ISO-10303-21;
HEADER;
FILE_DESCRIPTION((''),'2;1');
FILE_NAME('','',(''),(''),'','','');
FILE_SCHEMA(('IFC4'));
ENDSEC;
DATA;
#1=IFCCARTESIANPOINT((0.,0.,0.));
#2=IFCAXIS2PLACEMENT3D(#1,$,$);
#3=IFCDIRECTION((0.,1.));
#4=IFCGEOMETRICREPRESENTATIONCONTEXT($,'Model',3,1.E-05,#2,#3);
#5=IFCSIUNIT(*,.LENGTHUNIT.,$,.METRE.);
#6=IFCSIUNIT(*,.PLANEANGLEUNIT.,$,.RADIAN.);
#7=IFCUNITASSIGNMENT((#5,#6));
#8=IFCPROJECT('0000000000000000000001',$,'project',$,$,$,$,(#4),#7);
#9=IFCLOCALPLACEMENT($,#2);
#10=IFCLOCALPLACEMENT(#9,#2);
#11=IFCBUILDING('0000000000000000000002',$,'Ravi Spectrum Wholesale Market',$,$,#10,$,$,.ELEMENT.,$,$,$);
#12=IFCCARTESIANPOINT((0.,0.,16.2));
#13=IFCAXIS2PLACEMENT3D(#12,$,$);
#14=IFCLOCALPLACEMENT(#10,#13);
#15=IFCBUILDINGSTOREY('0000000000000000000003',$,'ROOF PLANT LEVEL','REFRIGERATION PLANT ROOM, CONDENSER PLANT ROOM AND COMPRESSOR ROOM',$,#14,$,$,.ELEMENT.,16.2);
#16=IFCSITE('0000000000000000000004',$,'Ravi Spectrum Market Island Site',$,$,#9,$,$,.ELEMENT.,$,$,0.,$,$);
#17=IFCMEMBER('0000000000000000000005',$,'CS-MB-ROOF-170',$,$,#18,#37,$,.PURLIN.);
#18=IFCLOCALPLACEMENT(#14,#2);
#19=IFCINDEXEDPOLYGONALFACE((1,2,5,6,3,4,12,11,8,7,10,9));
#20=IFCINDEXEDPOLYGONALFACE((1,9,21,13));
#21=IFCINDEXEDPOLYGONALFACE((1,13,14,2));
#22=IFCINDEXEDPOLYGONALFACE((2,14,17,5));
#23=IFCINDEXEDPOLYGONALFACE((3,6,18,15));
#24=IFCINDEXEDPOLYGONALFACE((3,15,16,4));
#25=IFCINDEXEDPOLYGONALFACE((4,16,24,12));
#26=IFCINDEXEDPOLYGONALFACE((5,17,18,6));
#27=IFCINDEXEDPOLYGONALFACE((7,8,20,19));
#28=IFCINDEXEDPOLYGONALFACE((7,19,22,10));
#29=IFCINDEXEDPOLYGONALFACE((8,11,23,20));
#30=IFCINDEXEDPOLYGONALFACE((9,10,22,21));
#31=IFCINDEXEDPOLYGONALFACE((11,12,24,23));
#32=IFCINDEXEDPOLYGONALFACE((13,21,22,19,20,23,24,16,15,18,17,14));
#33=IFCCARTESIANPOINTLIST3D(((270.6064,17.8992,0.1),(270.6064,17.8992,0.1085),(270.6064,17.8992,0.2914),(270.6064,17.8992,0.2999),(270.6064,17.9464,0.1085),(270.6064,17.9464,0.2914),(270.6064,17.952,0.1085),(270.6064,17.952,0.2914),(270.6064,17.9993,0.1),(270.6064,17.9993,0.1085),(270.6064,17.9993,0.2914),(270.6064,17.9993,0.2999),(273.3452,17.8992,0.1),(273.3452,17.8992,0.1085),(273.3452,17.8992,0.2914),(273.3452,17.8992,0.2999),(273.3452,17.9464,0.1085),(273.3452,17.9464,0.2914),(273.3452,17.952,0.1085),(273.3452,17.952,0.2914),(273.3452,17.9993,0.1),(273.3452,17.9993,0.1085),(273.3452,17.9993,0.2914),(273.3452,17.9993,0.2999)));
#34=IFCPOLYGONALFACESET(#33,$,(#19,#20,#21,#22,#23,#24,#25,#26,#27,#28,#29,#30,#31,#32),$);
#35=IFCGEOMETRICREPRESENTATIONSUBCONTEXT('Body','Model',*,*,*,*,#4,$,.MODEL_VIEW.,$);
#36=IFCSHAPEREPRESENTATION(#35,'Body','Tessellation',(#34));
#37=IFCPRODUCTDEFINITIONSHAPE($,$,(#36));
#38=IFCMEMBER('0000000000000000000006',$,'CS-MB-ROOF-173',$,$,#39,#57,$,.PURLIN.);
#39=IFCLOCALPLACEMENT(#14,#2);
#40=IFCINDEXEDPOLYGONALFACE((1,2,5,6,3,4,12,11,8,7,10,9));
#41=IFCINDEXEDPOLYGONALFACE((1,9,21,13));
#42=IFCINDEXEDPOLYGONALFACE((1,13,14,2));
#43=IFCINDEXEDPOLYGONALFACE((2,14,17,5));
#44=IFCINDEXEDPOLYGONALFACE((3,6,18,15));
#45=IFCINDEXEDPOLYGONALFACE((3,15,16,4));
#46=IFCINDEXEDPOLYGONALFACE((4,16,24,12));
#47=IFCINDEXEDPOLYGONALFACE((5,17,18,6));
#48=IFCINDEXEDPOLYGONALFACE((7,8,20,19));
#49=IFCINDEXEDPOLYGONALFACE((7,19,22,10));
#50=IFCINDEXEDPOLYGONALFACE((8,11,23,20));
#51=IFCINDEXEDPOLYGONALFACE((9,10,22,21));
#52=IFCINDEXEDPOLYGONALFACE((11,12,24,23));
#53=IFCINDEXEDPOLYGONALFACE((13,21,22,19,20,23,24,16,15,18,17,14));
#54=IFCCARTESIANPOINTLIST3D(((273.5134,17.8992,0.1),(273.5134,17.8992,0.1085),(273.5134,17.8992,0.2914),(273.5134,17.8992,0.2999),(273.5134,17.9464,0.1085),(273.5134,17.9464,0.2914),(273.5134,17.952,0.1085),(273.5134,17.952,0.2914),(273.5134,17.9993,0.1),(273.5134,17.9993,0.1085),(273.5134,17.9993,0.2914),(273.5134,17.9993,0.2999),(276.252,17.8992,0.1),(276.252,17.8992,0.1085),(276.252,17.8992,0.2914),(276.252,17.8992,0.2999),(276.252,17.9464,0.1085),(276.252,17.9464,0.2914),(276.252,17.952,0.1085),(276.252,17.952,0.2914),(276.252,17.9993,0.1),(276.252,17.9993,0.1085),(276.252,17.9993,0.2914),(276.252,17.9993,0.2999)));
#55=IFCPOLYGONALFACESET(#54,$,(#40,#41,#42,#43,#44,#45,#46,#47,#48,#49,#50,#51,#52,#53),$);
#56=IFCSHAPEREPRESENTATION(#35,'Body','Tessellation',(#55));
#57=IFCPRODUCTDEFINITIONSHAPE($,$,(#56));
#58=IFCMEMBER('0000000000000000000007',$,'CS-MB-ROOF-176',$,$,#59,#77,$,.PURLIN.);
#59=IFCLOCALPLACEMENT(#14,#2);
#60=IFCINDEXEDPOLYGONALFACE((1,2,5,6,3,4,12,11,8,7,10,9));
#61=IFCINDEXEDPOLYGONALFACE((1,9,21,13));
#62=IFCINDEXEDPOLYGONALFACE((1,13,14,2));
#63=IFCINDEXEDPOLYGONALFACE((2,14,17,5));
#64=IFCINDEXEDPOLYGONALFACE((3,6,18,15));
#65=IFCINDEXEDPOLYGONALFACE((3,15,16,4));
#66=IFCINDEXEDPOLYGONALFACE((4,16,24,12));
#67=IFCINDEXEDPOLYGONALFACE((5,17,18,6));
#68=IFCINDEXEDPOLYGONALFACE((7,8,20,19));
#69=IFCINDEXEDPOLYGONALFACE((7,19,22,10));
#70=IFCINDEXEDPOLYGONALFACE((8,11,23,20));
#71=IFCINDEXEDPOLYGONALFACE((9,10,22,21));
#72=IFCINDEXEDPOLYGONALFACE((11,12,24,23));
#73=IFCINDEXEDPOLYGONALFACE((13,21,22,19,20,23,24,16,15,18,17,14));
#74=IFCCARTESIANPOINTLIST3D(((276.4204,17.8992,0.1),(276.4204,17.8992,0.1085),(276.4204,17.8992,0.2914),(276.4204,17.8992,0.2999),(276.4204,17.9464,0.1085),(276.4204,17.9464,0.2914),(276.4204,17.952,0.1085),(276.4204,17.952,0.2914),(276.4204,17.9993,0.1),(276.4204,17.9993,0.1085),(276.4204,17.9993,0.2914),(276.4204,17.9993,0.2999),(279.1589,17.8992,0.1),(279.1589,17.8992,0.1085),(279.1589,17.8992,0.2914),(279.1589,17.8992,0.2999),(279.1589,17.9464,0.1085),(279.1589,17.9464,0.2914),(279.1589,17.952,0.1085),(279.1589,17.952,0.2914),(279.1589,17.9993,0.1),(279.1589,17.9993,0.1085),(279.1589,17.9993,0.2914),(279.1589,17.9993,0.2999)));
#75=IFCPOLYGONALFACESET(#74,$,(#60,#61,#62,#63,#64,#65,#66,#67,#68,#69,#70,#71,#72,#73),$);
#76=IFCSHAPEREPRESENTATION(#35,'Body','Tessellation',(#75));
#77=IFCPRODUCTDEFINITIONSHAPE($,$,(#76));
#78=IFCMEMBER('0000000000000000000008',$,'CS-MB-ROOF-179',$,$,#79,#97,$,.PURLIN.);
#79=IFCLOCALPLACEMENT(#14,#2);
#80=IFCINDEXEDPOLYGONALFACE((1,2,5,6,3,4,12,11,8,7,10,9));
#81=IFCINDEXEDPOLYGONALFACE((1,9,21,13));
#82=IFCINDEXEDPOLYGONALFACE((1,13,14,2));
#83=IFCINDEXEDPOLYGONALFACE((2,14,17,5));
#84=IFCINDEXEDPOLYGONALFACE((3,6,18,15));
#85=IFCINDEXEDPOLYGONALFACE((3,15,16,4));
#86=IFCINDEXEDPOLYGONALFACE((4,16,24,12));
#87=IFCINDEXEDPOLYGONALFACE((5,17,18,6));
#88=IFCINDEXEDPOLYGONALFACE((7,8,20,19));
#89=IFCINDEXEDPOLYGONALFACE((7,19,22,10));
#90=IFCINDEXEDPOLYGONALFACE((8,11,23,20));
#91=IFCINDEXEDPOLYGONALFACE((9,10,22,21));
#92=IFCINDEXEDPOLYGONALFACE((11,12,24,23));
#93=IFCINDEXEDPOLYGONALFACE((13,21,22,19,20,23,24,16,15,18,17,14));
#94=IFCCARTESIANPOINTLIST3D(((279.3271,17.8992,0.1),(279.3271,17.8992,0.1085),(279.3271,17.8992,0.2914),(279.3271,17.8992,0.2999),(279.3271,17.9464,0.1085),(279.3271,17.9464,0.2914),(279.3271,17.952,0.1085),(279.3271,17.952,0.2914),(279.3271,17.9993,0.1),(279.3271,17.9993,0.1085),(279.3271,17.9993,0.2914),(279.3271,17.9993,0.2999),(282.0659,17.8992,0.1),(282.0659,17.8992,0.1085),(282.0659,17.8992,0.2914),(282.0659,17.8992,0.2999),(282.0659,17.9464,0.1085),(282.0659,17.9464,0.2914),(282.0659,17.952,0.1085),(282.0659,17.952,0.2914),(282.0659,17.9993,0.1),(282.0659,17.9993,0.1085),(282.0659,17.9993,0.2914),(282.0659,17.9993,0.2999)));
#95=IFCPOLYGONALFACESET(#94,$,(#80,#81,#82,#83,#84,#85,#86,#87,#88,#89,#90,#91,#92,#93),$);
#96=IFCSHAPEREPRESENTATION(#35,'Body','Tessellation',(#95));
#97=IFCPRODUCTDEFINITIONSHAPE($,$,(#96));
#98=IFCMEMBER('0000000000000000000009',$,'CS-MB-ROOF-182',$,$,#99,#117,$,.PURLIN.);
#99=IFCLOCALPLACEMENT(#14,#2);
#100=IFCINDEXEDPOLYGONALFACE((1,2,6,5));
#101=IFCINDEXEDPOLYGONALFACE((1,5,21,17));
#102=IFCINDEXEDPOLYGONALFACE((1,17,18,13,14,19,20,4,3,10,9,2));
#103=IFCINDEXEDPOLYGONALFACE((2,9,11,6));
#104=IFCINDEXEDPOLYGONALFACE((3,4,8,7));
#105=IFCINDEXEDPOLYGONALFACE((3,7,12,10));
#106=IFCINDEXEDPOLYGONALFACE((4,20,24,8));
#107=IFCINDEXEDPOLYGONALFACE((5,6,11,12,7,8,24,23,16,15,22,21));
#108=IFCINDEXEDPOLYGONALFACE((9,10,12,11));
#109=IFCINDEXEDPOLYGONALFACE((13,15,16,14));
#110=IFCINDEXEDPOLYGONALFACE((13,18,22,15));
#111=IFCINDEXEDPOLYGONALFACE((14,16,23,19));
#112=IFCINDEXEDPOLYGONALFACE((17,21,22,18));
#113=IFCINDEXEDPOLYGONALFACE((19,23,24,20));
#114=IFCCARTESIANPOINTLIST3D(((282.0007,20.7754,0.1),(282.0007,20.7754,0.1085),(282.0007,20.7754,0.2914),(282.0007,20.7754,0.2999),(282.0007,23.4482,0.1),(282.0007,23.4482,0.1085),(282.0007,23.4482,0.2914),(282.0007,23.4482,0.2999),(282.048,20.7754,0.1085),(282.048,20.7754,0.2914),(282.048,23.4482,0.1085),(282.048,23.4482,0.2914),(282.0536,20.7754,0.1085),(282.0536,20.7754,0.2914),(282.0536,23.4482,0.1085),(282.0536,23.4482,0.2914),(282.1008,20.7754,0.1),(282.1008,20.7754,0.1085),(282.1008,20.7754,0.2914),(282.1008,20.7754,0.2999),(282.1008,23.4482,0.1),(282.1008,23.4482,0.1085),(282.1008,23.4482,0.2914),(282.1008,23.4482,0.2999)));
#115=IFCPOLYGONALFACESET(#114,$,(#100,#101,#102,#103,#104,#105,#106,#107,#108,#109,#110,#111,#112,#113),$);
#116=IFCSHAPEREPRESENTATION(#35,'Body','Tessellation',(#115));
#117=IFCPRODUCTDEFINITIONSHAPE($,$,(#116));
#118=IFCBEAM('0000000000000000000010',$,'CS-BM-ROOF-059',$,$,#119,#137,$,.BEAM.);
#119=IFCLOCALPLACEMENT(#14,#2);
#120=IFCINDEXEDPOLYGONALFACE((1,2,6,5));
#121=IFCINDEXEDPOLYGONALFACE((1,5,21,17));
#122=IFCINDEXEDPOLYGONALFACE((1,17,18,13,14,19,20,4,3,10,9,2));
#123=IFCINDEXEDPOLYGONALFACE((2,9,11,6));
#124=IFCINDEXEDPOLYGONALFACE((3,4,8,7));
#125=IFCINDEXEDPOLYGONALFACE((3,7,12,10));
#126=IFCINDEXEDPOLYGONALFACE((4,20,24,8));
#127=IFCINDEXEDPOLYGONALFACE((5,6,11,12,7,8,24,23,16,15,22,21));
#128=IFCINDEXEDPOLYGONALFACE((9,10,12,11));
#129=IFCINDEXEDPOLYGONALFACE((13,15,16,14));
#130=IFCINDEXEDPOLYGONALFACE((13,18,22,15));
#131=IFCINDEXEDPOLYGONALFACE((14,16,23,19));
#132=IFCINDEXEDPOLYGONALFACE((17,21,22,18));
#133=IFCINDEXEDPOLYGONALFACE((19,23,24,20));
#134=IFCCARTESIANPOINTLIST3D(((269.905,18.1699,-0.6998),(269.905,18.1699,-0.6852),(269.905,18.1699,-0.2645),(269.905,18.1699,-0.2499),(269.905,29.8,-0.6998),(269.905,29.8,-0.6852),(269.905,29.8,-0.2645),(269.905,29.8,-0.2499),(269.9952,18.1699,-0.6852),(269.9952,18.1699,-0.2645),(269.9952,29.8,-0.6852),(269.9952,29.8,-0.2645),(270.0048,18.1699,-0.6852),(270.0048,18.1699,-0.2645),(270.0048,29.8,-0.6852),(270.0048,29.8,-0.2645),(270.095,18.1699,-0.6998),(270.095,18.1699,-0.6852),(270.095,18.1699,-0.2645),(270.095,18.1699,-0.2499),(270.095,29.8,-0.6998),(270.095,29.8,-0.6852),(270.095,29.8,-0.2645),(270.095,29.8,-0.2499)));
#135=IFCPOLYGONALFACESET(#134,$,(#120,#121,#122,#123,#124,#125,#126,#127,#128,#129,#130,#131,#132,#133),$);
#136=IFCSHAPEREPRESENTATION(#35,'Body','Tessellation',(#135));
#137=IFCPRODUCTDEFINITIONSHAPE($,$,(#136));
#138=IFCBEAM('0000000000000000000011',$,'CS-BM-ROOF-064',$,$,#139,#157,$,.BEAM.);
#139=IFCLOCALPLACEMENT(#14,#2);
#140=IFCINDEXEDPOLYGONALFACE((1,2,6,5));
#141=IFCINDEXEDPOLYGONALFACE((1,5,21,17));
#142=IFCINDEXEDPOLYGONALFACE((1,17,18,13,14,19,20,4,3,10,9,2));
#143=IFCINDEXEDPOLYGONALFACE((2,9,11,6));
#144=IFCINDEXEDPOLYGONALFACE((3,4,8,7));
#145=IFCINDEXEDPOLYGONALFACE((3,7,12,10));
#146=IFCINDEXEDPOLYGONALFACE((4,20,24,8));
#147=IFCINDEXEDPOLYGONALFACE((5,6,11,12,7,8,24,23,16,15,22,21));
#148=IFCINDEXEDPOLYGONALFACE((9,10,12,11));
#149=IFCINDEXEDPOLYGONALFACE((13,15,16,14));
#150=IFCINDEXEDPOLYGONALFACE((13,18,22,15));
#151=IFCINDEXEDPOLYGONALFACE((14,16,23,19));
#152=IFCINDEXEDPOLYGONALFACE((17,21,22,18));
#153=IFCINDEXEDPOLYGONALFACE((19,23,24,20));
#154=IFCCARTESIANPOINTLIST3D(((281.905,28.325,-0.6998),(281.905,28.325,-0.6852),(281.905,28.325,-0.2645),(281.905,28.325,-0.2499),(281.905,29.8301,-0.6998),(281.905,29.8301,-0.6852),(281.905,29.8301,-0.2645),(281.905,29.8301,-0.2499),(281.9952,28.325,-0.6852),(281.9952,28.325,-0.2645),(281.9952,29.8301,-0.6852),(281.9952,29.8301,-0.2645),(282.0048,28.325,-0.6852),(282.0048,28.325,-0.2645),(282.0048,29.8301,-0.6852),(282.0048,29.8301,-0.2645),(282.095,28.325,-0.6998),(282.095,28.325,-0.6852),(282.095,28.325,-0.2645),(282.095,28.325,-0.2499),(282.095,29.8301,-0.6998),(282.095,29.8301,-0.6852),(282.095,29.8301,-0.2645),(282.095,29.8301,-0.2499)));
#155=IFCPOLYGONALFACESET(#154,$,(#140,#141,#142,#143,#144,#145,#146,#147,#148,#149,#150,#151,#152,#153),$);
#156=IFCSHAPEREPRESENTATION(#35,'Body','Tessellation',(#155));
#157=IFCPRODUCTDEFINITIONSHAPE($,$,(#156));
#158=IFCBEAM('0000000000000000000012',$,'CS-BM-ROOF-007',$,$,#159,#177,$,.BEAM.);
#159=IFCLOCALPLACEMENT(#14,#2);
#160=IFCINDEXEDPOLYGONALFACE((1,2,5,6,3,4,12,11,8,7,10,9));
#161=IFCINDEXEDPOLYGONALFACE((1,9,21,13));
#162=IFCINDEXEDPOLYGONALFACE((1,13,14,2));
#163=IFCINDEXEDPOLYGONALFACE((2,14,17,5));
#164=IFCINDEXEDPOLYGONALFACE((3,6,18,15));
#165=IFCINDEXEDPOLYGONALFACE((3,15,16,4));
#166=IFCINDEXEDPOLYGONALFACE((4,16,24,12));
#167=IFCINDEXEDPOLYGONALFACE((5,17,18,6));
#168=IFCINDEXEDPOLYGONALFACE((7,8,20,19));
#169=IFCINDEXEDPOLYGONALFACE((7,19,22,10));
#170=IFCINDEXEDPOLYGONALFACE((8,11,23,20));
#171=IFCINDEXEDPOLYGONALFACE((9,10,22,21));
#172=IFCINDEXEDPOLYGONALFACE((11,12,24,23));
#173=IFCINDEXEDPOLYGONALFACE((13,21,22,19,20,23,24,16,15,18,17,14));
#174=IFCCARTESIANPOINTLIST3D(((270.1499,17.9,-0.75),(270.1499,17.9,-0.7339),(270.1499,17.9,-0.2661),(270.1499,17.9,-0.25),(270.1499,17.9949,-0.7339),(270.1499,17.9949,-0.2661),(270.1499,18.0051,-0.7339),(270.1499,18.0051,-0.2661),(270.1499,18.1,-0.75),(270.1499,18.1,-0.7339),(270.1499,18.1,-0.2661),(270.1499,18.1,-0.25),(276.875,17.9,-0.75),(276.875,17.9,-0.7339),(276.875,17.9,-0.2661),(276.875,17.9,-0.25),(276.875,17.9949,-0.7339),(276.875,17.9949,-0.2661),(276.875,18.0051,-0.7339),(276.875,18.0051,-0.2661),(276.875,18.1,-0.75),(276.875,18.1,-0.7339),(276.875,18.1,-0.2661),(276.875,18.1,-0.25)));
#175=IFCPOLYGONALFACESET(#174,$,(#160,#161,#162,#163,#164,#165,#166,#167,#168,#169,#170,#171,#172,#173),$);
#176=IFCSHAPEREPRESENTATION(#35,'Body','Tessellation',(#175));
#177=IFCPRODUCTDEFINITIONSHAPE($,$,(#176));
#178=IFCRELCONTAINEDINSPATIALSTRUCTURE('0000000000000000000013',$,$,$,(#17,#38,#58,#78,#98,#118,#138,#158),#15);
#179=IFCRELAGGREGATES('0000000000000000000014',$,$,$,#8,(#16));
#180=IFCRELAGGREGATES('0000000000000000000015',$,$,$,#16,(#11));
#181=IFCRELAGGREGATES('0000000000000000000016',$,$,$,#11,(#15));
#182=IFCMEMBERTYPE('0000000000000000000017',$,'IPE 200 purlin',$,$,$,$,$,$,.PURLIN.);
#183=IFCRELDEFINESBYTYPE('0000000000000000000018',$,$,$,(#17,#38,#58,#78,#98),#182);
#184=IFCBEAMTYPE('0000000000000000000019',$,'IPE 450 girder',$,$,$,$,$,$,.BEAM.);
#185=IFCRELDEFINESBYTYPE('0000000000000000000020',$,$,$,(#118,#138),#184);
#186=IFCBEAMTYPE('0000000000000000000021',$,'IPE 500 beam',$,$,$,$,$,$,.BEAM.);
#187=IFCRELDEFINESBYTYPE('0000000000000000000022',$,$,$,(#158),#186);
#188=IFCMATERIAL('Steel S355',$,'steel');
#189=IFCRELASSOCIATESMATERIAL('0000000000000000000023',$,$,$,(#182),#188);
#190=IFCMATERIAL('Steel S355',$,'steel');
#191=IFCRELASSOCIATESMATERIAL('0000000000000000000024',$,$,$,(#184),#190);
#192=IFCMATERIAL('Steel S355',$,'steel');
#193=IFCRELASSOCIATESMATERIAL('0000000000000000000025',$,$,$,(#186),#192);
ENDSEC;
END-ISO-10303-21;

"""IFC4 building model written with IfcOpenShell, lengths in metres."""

from ifc_helpers import new_model, si_unit, direction, frame, origin, origin_2d, place, context, subcontext, project, spatial, i_section, extrude, material, material_profile, profile_set, type_object, element, save


model = new_model("IFC4")

# Units and contexts
model_context = context("Model", 3, precision=1e-05, world=origin(), true_north=direction((0.0, 1.0)))
body_context = subcontext(model_context, "Body", "Model", "MODEL_VIEW")
ifc_project = project(units=[si_unit("LENGTHUNIT", "METRE"), si_unit("PLANEANGLEUNIT", "RADIAN")], contexts=[model_context])

# Site, building, storey
site_placement = place(None, origin())
site = spatial("IfcSite", under=ifc_project, at=site_placement, Name="Ravi Spectrum Market Island Site", CompositionType="ELEMENT", RefElevation=0.0)
building_placement = place(site_placement, origin())
building = spatial("IfcBuilding", under=site, at=building_placement, Name="Ravi Spectrum Wholesale Market", CompositionType="ELEMENT")
storey_placement = place(building_placement, frame((0.0, 0.0, 16.2)))
storey = spatial("IfcBuildingStorey", under=building, at=storey_placement, Name="ROOF PLANT LEVEL", Description="REFRIGERATION PLANT ROOM, CONDENSER PLANT ROOM AND COMPRESSOR ROOM", CompositionType="ELEMENT", Elevation=16.2)

# Members
ifc_material_1 = material(Name="Steel S355", Category="steel")
ifc_material_profile_1 = material_profile(ifc_material_1, i_section(OverallWidth=0.1001, OverallDepth=0.2, WebThickness=0.0056, FlangeThickness=0.0085, at=origin_2d()))
ifc_profile_set_1 = profile_set([ifc_material_profile_1], Name="Steel S355")
member_type = type_object("IfcMemberType", Name="IPE 200 purlin", PredefinedType="PURLIN", material=ifc_profile_set_1)
member_1_placement = place(storey_placement, frame((270.6064, 17.9492, 0.2), z_axis=(1.0, 0.0, 0.0), x_axis=(0.0, 1.0, 0.0)))
element("IfcMember", 1, at=member_1_placement, inside=storey, type_object=member_type, Name="CS-MB-ROOF-170", PredefinedType="PURLIN", context=body_context, shape_type="SweptSolid", body=[
    extrude(i_section(OverallWidth=0.1001, OverallDepth=0.2, WebThickness=0.0056, FlangeThickness=0.0085, at=origin_2d()), origin(), (0.0, 0.0, 1.0), 2.7388),
])
for number, where, z_axis, x_axis, name in (
    (2, (273.5134, 17.9492, 0.2), (1.0, 0.0, 0.0), (0.0, 1.0, 0.0), "CS-MB-ROOF-173"),
    (3, (276.4204, 17.9492, 0.2), (1.0, 0.0, 0.0), (0.0, 1.0, 0.0), "CS-MB-ROOF-176"),
):
    element("IfcMember", number, at=place(storey_placement, frame(where, z_axis=z_axis, x_axis=x_axis)), inside=storey, type_object=member_type, Name=name, PredefinedType="PURLIN", context=body_context, shape_type="SweptSolid", body=[
        extrude(i_section(OverallWidth=0.1001, OverallDepth=0.2, WebThickness=0.0056, FlangeThickness=0.0085, at=origin_2d()), origin(), (0.0, 0.0, 1.0), 2.7385),
    ])
member_2_placement = place(storey_placement, frame((279.3271, 17.9492, 0.2), z_axis=(1.0, 0.0, 0.0), x_axis=(0.0, 1.0, 0.0)))
element("IfcMember", 4, at=member_2_placement, inside=storey, type_object=member_type, Name="CS-MB-ROOF-179", PredefinedType="PURLIN", context=body_context, shape_type="SweptSolid", body=[
    extrude(i_section(OverallWidth=0.1001, OverallDepth=0.2, WebThickness=0.0056, FlangeThickness=0.0085, at=origin_2d()), origin(), (0.0, 0.0, 1.0), 2.7388),
])
member_3_placement = place(storey_placement, frame((282.0508, 20.7754, 0.2), z_axis=(0.0, 1.0, 0.0), x_axis=(-1.0, 0.0, 0.0)))
element("IfcMember", 5, at=member_3_placement, inside=storey, type_object=member_type, Name="CS-MB-ROOF-182", PredefinedType="PURLIN", context=body_context, shape_type="SweptSolid", body=[
    extrude(i_section(OverallWidth=0.1001, OverallDepth=0.2, WebThickness=0.0056, FlangeThickness=0.0085, at=origin_2d()), origin(), (0.0, 0.0, 1.0), 2.6729),
])

# Beams
ifc_material_2 = material(Name="Steel S355", Category="steel")
ifc_material_profile_2 = material_profile(ifc_material_2, i_section(OverallWidth=0.1899, OverallDepth=0.45, WebThickness=0.0095, FlangeThickness=0.0146, at=origin_2d()))
ifc_profile_set_2 = profile_set([ifc_material_profile_2], Name="Steel S355")
beam_type_1 = type_object("IfcBeamType", Name="IPE 450 girder", PredefinedType="BEAM", material=ifc_profile_set_2)
beam_1_placement = place(storey_placement, frame((270.0, 18.1699, -0.4749), z_axis=(0.0, 1.0, 0.0), x_axis=(-1.0, 0.0, 0.0)))
element("IfcBeam", 6, at=beam_1_placement, inside=storey, type_object=beam_type_1, Name="CS-BM-ROOF-059", PredefinedType="BEAM", context=body_context, shape_type="SweptSolid", body=[
    extrude(i_section(OverallWidth=0.1899, OverallDepth=0.45, WebThickness=0.0095, FlangeThickness=0.0146, at=origin_2d()), origin(), (0.0, 0.0, 1.0), 11.6301),
])
beam_2_placement = place(storey_placement, frame((282.0, 28.325, -0.4749), z_axis=(0.0, 1.0, 0.0), x_axis=(-1.0, 0.0, 0.0)))
element("IfcBeam", 7, at=beam_2_placement, inside=storey, type_object=beam_type_1, Name="CS-BM-ROOF-064", PredefinedType="BEAM", context=body_context, shape_type="SweptSolid", body=[
    extrude(i_section(OverallWidth=0.1899, OverallDepth=0.45, WebThickness=0.0095, FlangeThickness=0.0146, at=origin_2d()), origin(), (0.0, 0.0, 1.0), 1.5051),
])
ifc_material_3 = material(Name="Steel S355", Category="steel")
ifc_material_profile_3 = material_profile(ifc_material_3, i_section(OverallWidth=0.2, OverallDepth=0.5, WebThickness=0.0103, FlangeThickness=0.0161, at=origin_2d()))
ifc_profile_set_3 = profile_set([ifc_material_profile_3], Name="Steel S355")
beam_type_2 = type_object("IfcBeamType", Name="IPE 500 beam", PredefinedType="BEAM", material=ifc_profile_set_3)
beam_3_placement = place(storey_placement, frame((270.1499, 18.0, -0.5), z_axis=(1.0, 0.0, 0.0), x_axis=(0.0, 1.0, 0.0)))
element("IfcBeam", 8, at=beam_3_placement, inside=storey, type_object=beam_type_2, Name="CS-BM-ROOF-007", PredefinedType="BEAM", context=body_context, shape_type="SweptSolid", body=[
    extrude(i_section(OverallWidth=0.2, OverallDepth=0.5, WebThickness=0.0103, FlangeThickness=0.0161, at=origin_2d()), origin(), (0.0, 0.0, 1.0), 6.7251),
])

save(model, "model.ifc")
